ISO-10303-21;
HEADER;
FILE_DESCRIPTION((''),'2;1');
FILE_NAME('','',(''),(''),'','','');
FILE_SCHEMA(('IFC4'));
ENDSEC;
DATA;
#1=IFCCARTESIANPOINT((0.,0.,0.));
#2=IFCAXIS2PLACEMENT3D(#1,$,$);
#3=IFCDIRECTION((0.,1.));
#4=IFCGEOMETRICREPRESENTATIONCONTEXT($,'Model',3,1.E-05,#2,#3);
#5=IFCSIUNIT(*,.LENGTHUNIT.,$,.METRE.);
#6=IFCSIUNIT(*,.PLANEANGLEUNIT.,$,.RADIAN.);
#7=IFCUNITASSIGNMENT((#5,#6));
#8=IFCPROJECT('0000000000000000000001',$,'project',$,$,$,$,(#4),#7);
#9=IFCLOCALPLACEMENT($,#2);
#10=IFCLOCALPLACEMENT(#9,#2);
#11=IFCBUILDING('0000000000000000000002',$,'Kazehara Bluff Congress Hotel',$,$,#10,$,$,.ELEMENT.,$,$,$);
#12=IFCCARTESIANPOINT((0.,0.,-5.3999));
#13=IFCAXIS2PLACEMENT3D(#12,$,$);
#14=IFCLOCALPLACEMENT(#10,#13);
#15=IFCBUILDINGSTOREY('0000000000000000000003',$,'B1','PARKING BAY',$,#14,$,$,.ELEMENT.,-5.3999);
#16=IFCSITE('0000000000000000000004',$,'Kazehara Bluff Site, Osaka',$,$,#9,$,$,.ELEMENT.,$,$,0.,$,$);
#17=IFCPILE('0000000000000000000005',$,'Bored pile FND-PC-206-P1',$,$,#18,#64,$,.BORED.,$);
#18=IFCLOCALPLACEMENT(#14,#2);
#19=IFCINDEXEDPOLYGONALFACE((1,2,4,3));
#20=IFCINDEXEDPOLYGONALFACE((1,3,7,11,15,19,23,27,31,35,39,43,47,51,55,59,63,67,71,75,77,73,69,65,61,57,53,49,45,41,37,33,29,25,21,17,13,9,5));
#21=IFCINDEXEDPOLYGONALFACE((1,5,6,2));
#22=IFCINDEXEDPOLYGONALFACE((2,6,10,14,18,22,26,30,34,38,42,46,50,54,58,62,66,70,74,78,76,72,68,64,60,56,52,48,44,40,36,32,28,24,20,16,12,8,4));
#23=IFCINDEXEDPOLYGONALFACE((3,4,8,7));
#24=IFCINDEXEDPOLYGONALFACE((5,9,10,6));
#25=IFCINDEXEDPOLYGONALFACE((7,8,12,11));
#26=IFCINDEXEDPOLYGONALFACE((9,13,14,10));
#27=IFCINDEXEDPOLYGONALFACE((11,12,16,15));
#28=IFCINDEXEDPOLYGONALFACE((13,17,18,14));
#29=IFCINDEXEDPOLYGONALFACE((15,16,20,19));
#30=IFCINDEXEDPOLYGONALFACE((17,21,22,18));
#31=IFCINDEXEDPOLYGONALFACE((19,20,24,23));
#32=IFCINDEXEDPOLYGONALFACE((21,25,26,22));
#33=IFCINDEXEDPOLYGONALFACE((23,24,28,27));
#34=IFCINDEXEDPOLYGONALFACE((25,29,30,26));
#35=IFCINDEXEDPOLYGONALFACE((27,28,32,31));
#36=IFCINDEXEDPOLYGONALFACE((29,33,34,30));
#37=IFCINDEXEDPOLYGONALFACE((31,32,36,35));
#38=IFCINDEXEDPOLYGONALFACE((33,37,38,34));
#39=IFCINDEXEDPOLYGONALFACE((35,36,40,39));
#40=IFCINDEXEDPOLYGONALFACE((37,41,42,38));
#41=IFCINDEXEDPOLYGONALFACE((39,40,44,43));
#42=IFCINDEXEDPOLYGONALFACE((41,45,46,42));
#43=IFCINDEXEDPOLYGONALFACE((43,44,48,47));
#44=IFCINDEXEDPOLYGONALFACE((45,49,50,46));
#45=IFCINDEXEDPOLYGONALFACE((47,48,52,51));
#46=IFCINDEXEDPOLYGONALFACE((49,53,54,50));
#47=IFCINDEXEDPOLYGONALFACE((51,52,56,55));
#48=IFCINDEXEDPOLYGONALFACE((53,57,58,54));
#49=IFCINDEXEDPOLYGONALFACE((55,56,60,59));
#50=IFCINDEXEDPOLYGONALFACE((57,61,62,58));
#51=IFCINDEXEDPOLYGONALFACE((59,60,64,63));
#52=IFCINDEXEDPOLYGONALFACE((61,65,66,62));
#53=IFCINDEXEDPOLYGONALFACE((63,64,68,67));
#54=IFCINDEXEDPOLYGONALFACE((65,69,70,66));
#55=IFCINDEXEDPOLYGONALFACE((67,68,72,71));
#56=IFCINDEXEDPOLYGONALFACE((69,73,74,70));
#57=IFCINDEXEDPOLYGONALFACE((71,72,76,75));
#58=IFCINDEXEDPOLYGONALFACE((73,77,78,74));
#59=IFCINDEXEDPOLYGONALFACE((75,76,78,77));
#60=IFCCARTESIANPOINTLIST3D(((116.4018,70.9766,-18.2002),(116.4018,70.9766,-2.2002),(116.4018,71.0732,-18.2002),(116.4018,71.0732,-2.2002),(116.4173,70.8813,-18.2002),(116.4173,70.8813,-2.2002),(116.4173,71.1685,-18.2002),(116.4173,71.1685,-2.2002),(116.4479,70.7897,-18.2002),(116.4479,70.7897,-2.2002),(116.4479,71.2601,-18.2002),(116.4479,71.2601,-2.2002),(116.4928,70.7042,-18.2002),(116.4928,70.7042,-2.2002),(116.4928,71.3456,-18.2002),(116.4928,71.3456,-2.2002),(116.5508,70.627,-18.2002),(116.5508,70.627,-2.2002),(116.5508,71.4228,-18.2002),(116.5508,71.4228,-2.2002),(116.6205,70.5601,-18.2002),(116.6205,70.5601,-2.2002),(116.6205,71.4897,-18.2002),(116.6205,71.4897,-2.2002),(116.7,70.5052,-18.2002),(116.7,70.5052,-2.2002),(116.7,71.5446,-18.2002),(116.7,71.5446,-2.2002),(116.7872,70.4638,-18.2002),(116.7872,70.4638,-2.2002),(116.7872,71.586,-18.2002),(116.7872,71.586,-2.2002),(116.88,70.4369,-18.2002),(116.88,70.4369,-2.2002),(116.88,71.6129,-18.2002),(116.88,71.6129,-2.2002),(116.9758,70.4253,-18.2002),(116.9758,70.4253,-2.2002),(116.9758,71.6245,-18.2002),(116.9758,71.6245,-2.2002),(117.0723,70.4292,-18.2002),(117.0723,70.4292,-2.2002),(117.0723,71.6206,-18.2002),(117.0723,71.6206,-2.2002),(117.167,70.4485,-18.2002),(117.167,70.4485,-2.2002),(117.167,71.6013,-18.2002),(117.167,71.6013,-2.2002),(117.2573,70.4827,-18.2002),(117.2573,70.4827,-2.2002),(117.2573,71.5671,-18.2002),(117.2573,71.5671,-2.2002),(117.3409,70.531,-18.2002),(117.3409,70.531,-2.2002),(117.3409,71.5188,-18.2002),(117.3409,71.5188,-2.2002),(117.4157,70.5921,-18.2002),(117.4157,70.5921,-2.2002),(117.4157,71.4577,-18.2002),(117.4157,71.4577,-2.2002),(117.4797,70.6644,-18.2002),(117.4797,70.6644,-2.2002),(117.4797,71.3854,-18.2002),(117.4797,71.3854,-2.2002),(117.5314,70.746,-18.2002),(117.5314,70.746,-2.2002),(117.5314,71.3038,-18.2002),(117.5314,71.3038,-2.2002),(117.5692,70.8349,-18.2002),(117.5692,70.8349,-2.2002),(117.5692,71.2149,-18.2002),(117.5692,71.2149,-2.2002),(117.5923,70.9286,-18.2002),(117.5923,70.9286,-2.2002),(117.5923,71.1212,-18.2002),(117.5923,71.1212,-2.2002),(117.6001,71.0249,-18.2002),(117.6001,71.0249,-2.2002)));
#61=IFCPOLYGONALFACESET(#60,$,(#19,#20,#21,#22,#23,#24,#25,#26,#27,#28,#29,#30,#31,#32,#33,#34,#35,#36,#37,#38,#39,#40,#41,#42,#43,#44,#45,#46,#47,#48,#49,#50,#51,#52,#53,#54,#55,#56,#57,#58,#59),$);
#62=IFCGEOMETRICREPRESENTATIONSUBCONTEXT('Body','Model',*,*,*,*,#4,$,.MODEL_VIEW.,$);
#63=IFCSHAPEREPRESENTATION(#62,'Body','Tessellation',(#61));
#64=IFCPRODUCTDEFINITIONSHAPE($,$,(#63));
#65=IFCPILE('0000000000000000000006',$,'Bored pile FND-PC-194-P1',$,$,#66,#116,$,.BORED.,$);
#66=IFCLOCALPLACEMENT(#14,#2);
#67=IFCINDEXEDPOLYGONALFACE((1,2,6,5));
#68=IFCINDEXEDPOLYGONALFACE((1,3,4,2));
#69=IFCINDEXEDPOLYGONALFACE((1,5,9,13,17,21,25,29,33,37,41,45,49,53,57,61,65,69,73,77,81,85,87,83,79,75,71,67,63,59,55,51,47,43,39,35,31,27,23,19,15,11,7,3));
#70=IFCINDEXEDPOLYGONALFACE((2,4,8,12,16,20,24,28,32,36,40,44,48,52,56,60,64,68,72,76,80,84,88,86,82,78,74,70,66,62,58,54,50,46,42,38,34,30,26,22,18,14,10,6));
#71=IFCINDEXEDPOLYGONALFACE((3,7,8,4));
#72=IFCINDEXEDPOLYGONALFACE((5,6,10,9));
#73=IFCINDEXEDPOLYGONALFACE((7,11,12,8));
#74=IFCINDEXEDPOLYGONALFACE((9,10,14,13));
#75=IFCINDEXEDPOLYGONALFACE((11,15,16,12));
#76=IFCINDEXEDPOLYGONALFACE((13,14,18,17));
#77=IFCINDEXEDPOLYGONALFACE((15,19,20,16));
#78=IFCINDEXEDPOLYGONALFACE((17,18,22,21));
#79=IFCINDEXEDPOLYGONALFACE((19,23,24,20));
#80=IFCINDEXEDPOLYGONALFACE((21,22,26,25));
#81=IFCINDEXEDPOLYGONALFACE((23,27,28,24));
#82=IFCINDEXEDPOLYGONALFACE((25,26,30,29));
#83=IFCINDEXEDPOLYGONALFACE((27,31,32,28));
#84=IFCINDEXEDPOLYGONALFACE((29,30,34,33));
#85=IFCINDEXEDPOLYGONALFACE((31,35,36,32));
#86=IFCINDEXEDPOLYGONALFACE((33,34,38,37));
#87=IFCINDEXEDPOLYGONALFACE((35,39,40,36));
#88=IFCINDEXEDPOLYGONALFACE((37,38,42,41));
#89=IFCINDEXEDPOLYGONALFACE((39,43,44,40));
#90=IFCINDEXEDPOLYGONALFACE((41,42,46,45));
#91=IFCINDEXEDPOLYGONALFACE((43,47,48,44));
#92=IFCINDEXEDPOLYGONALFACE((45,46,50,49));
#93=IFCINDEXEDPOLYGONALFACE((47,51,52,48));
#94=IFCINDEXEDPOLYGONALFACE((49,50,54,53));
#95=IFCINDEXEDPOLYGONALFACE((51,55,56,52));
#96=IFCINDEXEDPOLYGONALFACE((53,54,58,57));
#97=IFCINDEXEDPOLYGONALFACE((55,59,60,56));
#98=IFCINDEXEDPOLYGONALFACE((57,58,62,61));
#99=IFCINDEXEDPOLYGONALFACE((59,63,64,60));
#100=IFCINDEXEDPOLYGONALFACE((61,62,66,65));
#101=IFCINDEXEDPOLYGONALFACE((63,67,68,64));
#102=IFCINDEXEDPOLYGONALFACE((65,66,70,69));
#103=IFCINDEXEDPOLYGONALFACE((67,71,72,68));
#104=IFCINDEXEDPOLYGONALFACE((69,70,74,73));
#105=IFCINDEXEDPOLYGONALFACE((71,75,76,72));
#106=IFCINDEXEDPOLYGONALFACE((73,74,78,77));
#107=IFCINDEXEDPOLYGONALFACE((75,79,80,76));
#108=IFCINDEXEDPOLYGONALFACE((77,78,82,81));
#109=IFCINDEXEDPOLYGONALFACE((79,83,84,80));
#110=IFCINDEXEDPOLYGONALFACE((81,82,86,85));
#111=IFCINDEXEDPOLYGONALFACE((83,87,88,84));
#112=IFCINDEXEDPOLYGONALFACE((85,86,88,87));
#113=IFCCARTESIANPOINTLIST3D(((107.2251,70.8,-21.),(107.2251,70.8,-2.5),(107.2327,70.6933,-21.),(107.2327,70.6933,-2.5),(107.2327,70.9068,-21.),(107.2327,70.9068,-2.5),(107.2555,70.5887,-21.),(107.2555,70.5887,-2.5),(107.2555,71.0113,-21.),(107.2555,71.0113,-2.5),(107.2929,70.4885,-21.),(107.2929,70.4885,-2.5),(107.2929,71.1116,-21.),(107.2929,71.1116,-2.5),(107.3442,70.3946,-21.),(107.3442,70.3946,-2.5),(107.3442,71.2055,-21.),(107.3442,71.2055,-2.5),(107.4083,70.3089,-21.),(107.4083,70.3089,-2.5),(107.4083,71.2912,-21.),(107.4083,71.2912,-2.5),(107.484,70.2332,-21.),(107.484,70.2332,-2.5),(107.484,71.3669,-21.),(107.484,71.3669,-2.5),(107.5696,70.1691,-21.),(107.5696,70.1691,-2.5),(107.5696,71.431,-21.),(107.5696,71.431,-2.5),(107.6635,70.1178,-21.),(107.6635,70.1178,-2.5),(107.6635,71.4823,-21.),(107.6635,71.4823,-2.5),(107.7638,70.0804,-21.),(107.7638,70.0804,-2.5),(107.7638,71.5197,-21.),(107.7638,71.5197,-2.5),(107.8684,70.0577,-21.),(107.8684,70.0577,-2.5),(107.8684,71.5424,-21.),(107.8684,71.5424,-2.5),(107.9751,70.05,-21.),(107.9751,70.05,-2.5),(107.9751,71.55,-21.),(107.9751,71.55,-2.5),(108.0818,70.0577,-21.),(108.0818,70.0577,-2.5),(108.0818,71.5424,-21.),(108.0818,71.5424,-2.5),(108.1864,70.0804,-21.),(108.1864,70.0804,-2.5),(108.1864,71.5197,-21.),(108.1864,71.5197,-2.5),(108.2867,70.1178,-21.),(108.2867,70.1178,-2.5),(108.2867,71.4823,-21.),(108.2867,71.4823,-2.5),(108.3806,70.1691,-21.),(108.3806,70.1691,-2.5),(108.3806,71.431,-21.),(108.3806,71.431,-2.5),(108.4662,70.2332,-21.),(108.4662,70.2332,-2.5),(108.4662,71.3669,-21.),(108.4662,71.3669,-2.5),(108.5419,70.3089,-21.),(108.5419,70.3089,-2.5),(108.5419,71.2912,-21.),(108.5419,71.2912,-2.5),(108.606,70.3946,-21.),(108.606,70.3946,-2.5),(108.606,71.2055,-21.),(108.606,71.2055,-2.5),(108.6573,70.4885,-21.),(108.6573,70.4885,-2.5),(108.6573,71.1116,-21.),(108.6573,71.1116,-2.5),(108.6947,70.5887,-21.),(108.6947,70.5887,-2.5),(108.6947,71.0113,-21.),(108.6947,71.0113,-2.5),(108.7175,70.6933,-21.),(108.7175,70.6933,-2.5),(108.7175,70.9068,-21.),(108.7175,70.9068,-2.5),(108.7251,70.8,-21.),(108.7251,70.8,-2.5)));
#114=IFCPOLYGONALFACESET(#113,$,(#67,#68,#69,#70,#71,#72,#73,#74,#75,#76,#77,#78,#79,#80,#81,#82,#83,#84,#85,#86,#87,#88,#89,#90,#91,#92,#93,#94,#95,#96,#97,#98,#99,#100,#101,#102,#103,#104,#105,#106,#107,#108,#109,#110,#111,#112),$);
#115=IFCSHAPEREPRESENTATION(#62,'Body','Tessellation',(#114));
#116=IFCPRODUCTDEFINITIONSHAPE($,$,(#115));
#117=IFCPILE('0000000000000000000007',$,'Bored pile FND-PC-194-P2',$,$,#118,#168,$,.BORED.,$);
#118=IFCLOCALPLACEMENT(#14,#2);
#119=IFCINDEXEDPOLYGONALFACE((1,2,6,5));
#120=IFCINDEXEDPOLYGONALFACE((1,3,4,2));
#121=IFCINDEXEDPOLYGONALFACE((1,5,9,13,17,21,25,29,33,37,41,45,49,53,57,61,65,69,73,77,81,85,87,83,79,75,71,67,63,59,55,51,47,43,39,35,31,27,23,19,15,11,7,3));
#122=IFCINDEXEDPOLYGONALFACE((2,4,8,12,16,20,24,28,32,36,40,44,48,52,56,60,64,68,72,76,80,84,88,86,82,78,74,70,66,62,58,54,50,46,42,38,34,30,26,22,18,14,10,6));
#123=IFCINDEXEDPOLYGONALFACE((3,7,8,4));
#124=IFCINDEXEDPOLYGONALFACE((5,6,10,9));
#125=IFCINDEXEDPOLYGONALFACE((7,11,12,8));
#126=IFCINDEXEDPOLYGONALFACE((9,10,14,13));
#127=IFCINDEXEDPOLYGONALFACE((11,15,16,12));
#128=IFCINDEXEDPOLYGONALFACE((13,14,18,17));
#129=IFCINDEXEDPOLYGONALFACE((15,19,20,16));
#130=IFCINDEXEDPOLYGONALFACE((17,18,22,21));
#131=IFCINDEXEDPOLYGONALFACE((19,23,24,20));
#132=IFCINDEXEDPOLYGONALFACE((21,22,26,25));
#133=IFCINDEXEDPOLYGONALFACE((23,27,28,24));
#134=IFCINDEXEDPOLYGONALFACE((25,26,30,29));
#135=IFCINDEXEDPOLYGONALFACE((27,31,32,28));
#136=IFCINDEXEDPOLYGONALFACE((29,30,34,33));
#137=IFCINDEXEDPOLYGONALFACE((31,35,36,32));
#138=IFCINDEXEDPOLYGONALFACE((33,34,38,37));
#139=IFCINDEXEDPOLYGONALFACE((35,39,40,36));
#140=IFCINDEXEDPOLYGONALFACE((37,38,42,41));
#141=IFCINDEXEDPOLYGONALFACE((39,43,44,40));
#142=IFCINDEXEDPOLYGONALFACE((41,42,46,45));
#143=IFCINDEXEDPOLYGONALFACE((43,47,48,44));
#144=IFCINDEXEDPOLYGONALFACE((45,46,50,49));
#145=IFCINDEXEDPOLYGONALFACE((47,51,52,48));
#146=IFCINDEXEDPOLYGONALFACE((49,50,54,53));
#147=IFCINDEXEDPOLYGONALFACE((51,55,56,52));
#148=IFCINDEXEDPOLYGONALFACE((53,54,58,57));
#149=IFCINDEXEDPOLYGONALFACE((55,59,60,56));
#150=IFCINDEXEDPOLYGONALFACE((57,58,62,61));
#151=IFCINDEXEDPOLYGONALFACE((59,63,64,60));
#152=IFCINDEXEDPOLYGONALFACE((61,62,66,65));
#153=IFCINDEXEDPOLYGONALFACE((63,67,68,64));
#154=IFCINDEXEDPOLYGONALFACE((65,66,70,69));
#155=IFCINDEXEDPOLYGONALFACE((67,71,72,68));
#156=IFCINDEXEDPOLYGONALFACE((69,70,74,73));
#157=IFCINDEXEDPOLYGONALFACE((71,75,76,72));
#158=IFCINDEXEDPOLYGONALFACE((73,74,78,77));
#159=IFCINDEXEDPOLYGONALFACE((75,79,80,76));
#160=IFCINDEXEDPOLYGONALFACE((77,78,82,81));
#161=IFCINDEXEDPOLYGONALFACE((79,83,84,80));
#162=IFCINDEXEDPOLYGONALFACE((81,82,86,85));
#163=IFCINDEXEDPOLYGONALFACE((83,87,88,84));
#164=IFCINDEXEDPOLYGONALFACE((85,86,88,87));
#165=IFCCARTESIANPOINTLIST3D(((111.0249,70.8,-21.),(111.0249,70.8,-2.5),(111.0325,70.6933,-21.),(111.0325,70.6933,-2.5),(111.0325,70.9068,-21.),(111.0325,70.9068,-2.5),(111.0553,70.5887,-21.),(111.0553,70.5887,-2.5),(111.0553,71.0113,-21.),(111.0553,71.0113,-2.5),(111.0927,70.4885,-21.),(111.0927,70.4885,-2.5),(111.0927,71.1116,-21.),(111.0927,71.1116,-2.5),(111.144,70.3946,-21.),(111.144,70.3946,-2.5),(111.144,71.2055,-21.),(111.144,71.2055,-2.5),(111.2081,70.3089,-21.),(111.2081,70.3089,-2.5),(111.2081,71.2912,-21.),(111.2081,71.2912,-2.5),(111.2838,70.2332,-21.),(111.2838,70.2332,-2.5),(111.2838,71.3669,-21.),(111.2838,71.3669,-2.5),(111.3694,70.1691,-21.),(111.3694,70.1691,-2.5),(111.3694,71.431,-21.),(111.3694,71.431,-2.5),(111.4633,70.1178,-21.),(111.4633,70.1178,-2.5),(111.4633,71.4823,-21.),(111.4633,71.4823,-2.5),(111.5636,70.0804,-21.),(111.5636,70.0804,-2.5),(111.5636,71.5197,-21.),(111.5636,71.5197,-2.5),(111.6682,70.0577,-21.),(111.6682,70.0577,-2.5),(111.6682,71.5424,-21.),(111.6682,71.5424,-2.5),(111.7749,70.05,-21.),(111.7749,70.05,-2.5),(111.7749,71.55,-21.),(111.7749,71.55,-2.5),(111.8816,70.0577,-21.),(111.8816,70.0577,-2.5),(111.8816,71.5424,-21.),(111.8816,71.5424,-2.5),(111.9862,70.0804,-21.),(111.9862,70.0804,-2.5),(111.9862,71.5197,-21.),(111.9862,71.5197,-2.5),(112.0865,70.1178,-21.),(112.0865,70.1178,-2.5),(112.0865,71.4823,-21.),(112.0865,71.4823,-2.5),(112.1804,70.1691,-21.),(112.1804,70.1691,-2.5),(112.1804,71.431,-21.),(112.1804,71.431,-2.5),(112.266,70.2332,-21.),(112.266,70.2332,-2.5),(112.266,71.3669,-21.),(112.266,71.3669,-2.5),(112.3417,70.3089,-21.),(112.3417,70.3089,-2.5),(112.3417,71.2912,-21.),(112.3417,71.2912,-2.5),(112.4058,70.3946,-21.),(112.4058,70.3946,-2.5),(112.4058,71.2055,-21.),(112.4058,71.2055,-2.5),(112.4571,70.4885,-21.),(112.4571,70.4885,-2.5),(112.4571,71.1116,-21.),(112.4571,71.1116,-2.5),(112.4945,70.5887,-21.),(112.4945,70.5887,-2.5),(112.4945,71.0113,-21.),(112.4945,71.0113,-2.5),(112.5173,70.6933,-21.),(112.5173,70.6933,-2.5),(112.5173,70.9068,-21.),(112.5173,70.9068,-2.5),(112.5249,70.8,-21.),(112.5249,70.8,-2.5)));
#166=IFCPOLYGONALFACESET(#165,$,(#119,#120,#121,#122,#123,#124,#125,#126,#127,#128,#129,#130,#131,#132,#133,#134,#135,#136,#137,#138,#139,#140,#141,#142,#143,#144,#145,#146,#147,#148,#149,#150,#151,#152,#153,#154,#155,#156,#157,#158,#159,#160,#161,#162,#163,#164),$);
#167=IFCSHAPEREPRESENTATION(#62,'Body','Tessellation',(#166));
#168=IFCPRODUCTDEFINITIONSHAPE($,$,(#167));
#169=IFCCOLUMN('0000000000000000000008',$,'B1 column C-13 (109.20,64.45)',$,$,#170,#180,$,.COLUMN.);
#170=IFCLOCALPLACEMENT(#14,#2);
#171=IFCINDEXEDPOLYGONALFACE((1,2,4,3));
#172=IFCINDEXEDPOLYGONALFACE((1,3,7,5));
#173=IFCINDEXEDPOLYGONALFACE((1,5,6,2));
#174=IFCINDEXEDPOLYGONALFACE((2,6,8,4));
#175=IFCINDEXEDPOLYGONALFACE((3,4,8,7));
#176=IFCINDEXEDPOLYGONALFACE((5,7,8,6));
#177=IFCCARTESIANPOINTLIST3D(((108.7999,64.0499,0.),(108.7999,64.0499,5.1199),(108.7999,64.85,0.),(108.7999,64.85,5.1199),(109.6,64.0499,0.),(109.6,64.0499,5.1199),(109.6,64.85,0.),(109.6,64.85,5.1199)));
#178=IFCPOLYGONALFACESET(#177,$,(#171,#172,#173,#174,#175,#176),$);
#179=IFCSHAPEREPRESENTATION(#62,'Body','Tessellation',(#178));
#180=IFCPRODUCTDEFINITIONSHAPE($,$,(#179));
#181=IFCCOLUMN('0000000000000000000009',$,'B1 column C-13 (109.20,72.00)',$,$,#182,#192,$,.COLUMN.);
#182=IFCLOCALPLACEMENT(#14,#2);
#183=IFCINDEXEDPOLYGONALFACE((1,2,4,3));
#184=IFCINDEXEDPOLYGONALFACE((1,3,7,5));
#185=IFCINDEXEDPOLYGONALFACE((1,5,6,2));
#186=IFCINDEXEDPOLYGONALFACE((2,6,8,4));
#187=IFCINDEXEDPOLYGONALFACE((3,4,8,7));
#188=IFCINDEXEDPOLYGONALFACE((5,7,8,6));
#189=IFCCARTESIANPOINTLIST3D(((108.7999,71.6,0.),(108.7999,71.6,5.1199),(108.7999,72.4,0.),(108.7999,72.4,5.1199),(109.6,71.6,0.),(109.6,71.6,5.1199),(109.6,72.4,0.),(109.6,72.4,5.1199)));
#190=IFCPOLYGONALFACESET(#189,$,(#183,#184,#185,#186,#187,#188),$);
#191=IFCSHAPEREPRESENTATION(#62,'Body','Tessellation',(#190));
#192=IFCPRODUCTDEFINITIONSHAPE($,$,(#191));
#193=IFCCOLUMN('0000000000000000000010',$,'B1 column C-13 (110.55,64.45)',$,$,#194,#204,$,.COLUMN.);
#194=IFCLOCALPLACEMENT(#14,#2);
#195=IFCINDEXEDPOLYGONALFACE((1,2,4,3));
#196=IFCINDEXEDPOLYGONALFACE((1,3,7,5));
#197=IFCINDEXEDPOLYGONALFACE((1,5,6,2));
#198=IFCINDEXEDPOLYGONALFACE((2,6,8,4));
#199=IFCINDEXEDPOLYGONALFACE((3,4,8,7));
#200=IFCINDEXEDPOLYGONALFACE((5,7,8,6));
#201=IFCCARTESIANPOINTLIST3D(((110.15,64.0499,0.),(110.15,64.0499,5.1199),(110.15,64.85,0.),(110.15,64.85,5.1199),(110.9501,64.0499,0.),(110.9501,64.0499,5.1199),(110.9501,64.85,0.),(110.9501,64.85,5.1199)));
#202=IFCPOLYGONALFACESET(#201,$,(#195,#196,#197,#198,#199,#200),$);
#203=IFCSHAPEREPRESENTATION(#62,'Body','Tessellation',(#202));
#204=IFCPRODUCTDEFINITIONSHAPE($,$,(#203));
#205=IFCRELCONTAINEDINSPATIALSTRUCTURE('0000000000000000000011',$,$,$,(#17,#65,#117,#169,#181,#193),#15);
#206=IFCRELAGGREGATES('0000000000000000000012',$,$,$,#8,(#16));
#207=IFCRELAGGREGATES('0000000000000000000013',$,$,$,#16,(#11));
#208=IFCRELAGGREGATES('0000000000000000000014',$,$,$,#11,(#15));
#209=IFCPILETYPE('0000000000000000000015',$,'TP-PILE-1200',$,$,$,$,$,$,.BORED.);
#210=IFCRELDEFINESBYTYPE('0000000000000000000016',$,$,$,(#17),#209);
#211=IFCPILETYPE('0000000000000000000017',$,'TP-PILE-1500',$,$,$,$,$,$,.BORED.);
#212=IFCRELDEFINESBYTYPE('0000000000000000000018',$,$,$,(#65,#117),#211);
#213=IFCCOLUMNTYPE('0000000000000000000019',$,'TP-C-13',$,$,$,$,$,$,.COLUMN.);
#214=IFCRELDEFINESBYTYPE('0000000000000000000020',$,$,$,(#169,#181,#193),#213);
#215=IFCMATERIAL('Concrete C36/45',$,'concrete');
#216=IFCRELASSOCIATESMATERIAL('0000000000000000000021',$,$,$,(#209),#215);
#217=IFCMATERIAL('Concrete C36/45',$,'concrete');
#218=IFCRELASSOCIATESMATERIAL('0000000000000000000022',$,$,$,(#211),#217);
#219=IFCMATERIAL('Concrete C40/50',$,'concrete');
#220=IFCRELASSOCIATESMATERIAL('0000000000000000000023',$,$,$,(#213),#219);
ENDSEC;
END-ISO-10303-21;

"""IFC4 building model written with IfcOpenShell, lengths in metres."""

from ifc_helpers import new_model, si_unit, direction, frame, origin, origin_2d, place, context, subcontext, project, spatial, rectangle, circle, extrude, material, material_profile, profile_set, type_object, element, save


model = new_model("IFC4")

# Units and contexts
model_context = context("Model", 3, precision=1e-05, world=origin(), true_north=direction((0.0, 1.0)))
body_context = subcontext(model_context, "Body", "Model", "MODEL_VIEW")
ifc_project = project(units=[si_unit("LENGTHUNIT", "METRE"), si_unit("PLANEANGLEUNIT", "RADIAN")], contexts=[model_context])

# Site, building, storey
site_placement = place(None, origin())
site = spatial("IfcSite", under=ifc_project, at=site_placement, Name="Kazehara Bluff Site, Osaka", CompositionType="ELEMENT", RefElevation=0.0)
building_placement = place(site_placement, origin())
building = spatial("IfcBuilding", under=site, at=building_placement, Name="Kazehara Bluff Congress Hotel", CompositionType="ELEMENT")
storey_placement = place(building_placement, frame((0.0, 0.0, -5.3999)))
storey = spatial("IfcBuildingStorey", under=building, at=storey_placement, Name="B1", Description="PARKING BAY", CompositionType="ELEMENT", Elevation=-5.3999)

# Piles
ifc_material_1 = material(Name="Concrete C36/45", Category="concrete")
ifc_material_profile_1 = material_profile(ifc_material_1, circle(Radius=0.6001, at=origin_2d()))
ifc_profile_set_1 = profile_set([ifc_material_profile_1], Name="Concrete C36/45")
pile_type_1 = type_object("IfcPileType", Name="TP-PILE-1200", PredefinedType="BORED", material=ifc_profile_set_1)
for number, where, z_axis, x_axis, name in (
    (1, (117.0, 71.0249, -2.2002), (0.0, 0.0, -1.0), (1.0, 0.0, 0.0), "Bored pile FND-PC-206-P1"),
):
    element("IfcPile", number, at=place(storey_placement, frame(where, z_axis=z_axis, x_axis=x_axis)), inside=storey, type_object=pile_type_1, Name=name, PredefinedType="BORED", context=body_context, shape_type="SweptSolid", body=[
        extrude(circle(Radius=0.6001, at=origin_2d()), origin(), (0.0, 0.0, 1.0), 16.0),
    ])
ifc_material_2 = material(Name="Concrete C36/45", Category="concrete")
ifc_material_profile_2 = material_profile(ifc_material_2, circle(Radius=0.75, at=origin_2d()))
ifc_profile_set_2 = profile_set([ifc_material_profile_2], Name="Concrete C36/45")
pile_type_2 = type_object("IfcPileType", Name="TP-PILE-1500", PredefinedType="BORED", material=ifc_profile_set_2)
for number, where, z_axis, x_axis, name in (
    (2, (107.9751, 70.8, -2.5), (0.0, 0.0, -1.0), (1.0, 0.0, 0.0), "Bored pile FND-PC-194-P1"),
    (3, (111.7749, 70.8, -2.5), (0.0, 0.0, -1.0), (1.0, 0.0, 0.0), "Bored pile FND-PC-194-P2"),
):
    element("IfcPile", number, at=place(storey_placement, frame(where, z_axis=z_axis, x_axis=x_axis)), inside=storey, type_object=pile_type_2, Name=name, PredefinedType="BORED", context=body_context, shape_type="SweptSolid", body=[
        extrude(circle(Radius=0.75, at=origin_2d()), origin(), (0.0, 0.0, 1.0), 18.5),
    ])

# Columns
ifc_material_3 = material(Name="Concrete C40/50", Category="concrete")
ifc_material_profile_3 = material_profile(ifc_material_3, rectangle(XDim=0.8, YDim=0.8, at=origin_2d()))
ifc_profile_set_3 = profile_set([ifc_material_profile_3], Name="Concrete C40/50")
column_type = type_object("IfcColumnType", Name="TP-C-13", PredefinedType="COLUMN", material=ifc_profile_set_3)
for number, where, z_axis, x_axis, name in (
    (4, (109.2, 64.45, 0.0), (0.0, 0.0, 1.0), (1.0, 0.0, 0.0), "B1 column C-13 (109.20,64.45)"),
    (5, (109.2, 72.0, 0.0), (0.0, 0.0, 1.0), (1.0, 0.0, 0.0), "B1 column C-13 (109.20,72.00)"),
    (6, (110.55, 64.45, 0.0), (0.0, 0.0, 1.0), (1.0, 0.0, 0.0), "B1 column C-13 (110.55,64.45)"),
):
    element("IfcColumn", number, at=place(storey_placement, frame(where, z_axis=z_axis, x_axis=x_axis)), inside=storey, type_object=column_type, Name=name, PredefinedType="COLUMN", context=body_context, shape_type="SweptSolid", body=[
        extrude(rectangle(XDim=0.8, YDim=0.8, at=origin_2d()), origin(), (0.0, 0.0, 1.0), 5.1199),
    ])

save(model, "model.ifc")
